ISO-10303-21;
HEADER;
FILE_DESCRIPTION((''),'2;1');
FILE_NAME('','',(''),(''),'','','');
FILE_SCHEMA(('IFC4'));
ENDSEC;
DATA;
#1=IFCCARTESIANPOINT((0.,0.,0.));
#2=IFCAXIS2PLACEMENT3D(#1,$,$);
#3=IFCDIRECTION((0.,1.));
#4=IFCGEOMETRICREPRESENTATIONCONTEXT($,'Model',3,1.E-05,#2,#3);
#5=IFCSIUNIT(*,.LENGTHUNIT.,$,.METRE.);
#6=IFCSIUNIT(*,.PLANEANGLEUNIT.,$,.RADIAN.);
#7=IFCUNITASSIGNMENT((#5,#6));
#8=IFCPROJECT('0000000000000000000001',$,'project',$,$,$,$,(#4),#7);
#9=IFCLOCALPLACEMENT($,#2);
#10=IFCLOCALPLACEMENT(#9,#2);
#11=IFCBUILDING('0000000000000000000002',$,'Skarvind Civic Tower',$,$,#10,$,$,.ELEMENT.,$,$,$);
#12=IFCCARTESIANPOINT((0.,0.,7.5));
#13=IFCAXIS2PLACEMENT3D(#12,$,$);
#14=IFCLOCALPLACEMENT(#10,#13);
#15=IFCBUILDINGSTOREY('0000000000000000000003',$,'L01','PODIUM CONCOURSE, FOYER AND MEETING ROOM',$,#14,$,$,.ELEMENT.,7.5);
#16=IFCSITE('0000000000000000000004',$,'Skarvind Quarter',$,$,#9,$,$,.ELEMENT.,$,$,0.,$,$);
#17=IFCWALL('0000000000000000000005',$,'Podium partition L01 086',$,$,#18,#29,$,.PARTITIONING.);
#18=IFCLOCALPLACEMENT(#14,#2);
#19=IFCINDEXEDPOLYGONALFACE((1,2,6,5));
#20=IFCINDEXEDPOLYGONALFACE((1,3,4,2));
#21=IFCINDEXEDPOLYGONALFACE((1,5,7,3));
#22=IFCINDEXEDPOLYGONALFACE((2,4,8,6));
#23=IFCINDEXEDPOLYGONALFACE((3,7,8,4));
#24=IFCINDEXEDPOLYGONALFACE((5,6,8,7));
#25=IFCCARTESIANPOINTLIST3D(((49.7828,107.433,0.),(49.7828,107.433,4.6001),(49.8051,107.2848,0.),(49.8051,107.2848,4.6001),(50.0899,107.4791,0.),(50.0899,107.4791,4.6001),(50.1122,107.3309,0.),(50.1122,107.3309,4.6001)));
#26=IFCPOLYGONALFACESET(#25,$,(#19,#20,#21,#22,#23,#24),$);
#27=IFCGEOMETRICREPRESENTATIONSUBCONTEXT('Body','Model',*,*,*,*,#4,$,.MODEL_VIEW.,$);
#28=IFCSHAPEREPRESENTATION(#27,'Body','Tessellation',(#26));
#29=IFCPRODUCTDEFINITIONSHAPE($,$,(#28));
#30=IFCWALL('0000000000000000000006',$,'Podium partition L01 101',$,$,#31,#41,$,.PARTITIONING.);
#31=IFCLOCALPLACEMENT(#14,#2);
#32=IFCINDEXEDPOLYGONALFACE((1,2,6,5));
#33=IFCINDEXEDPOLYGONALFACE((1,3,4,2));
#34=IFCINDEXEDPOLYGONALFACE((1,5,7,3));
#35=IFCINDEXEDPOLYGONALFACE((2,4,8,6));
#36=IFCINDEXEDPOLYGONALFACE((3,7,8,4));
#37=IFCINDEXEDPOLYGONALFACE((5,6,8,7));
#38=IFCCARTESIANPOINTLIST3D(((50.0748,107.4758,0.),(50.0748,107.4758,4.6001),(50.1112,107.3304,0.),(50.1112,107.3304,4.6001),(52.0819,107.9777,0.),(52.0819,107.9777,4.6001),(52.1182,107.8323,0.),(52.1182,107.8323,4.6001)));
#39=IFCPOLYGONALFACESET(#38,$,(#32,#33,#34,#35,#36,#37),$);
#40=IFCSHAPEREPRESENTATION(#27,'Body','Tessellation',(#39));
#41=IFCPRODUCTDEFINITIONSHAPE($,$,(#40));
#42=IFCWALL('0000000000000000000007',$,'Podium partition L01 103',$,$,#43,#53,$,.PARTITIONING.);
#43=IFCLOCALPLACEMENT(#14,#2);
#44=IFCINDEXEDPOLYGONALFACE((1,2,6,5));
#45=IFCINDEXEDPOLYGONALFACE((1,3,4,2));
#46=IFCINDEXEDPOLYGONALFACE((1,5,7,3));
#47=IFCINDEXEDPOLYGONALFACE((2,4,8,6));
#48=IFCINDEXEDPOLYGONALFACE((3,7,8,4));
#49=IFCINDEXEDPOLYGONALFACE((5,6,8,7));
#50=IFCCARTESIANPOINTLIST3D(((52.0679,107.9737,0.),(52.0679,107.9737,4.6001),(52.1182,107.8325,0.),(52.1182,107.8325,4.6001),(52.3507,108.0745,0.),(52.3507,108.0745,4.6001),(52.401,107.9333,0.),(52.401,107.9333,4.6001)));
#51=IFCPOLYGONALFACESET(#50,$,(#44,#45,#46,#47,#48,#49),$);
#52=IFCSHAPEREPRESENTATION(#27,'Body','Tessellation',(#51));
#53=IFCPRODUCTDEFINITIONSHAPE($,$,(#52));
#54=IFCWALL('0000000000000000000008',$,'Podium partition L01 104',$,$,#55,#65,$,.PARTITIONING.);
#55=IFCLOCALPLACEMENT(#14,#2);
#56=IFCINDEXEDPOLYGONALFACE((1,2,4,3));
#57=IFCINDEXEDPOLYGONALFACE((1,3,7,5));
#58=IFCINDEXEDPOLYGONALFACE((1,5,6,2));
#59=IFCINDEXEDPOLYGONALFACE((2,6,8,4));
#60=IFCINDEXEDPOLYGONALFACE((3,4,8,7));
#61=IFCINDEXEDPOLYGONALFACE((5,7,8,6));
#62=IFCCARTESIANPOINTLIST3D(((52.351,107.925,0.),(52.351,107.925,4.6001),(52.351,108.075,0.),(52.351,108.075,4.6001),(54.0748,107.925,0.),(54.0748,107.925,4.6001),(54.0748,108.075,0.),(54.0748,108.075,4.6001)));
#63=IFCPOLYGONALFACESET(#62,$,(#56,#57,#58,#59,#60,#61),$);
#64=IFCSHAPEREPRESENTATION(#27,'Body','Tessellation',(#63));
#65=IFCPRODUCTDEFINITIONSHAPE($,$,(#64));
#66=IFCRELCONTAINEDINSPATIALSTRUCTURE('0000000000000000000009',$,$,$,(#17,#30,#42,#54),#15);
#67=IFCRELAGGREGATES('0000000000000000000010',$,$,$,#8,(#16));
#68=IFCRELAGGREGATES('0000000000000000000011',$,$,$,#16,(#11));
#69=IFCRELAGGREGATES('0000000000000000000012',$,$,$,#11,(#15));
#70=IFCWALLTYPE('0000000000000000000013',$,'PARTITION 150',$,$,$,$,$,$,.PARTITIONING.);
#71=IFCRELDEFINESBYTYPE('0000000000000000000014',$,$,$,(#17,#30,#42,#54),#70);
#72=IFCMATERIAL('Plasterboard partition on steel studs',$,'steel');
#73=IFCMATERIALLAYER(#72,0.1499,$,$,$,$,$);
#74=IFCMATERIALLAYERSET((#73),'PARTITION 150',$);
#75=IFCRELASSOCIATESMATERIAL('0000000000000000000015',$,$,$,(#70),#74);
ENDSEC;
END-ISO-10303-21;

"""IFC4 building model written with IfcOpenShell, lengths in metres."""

from ifc_helpers import new_model, si_unit, direction, frame, frame_2d, origin, place, context, subcontext, project, spatial, rectangle, extrude, material, layer, layer_set, type_object, element, save


model = new_model("IFC4")

# Units and contexts
model_context = context("Model", 3, precision=1e-05, world=origin(), true_north=direction((0.0, 1.0)))
body_context = subcontext(model_context, "Body", "Model", "MODEL_VIEW")
ifc_project = project(units=[si_unit("LENGTHUNIT", "METRE"), si_unit("PLANEANGLEUNIT", "RADIAN")], contexts=[model_context])

# Site, building, storey
site_placement = place(None, origin())
site = spatial("IfcSite", under=ifc_project, at=site_placement, Name="Skarvind Quarter", CompositionType="ELEMENT", RefElevation=0.0)
building_placement = place(site_placement, origin())
building = spatial("IfcBuilding", under=site, at=building_placement, Name="Skarvind Civic Tower", CompositionType="ELEMENT")
storey_placement = place(building_placement, frame((0.0, 0.0, 7.5)))
storey = spatial("IfcBuildingStorey", under=building, at=storey_placement, Name="L01", Description="PODIUM CONCOURSE, FOYER AND MEETING ROOM", CompositionType="ELEMENT", Elevation=7.5)

# Walls
ifc_material_1 = material(Name="Plasterboard partition on steel studs", Category="steel")
ifc_layer_1 = layer(ifc_material_1, 0.1499)
ifc_layer_set_1 = layer_set([ifc_layer_1], Name="PARTITION 150")
wall_type_1 = type_object("IfcWallType", Name="PARTITION 150", PredefinedType="PARTITIONING", material=ifc_layer_set_1)
wall_1_placement = place(storey_placement, frame((49.7939, 107.3589, 0.0), z_axis=(0.0, 0.0, 1.0), x_axis=(0.988902, 0.148571, 0.0)))
element("IfcWall", 1, at=wall_1_placement, inside=storey, type_object=wall_type_1, Name="Podium partition L01 086", PredefinedType="PARTITIONING", context=body_context, shape_type="SweptSolid", body=[
    extrude(rectangle(XDim=0.3105, YDim=0.1499, at=frame_2d((0.1553, 0.0))), origin(), (0.0, 0.0, 1.0), 4.6001),
])
wall_2_placement = place(storey_placement, frame((50.093, 107.4031, 0.0), z_axis=(0.0, 0.0, 1.0), x_axis=(0.970122, 0.242619, 0.0)))
element("IfcWall", 2, at=wall_2_placement, inside=storey, type_object=wall_type_1, Name="Podium partition L01 101", PredefinedType="PARTITIONING", context=body_context, shape_type="SweptSolid", body=[
    extrude(rectangle(XDim=2.0688, YDim=0.1499, at=frame_2d((1.0344, 0.0))), origin(), (0.0, 0.0, 1.0), 4.6001),
])
wall_3_placement = place(storey_placement, frame((52.093, 107.9031, 0.0), z_axis=(0.0, 0.0, 1.0), x_axis=(0.941981, 0.335667, 0.0)))
element("IfcWall", 3, at=wall_3_placement, inside=storey, type_object=wall_type_1, Name="Podium partition L01 103", PredefinedType="PARTITIONING", context=body_context, shape_type="SweptSolid", body=[
    extrude(rectangle(XDim=0.3003, YDim=0.1499, at=frame_2d((0.1501, 0.0))), origin(), (0.0, 0.0, 1.0), 4.6001),
])
wall_4_placement = place(storey_placement, frame((52.3511, 108.0, 0.0), z_axis=(0.0, 0.0, 1.0), x_axis=(1.0, 0.0, 0.0)))
element("IfcWall", 4, at=wall_4_placement, inside=storey, type_object=wall_type_1, Name="Podium partition L01 104", PredefinedType="PARTITIONING", context=body_context, shape_type="SweptSolid", body=[
    extrude(rectangle(XDim=1.7239, YDim=0.1499, at=frame_2d((0.8618, 0.0))), origin(), (0.0, 0.0, 1.0), 4.6001),
])

save(model, "model.ifc")
